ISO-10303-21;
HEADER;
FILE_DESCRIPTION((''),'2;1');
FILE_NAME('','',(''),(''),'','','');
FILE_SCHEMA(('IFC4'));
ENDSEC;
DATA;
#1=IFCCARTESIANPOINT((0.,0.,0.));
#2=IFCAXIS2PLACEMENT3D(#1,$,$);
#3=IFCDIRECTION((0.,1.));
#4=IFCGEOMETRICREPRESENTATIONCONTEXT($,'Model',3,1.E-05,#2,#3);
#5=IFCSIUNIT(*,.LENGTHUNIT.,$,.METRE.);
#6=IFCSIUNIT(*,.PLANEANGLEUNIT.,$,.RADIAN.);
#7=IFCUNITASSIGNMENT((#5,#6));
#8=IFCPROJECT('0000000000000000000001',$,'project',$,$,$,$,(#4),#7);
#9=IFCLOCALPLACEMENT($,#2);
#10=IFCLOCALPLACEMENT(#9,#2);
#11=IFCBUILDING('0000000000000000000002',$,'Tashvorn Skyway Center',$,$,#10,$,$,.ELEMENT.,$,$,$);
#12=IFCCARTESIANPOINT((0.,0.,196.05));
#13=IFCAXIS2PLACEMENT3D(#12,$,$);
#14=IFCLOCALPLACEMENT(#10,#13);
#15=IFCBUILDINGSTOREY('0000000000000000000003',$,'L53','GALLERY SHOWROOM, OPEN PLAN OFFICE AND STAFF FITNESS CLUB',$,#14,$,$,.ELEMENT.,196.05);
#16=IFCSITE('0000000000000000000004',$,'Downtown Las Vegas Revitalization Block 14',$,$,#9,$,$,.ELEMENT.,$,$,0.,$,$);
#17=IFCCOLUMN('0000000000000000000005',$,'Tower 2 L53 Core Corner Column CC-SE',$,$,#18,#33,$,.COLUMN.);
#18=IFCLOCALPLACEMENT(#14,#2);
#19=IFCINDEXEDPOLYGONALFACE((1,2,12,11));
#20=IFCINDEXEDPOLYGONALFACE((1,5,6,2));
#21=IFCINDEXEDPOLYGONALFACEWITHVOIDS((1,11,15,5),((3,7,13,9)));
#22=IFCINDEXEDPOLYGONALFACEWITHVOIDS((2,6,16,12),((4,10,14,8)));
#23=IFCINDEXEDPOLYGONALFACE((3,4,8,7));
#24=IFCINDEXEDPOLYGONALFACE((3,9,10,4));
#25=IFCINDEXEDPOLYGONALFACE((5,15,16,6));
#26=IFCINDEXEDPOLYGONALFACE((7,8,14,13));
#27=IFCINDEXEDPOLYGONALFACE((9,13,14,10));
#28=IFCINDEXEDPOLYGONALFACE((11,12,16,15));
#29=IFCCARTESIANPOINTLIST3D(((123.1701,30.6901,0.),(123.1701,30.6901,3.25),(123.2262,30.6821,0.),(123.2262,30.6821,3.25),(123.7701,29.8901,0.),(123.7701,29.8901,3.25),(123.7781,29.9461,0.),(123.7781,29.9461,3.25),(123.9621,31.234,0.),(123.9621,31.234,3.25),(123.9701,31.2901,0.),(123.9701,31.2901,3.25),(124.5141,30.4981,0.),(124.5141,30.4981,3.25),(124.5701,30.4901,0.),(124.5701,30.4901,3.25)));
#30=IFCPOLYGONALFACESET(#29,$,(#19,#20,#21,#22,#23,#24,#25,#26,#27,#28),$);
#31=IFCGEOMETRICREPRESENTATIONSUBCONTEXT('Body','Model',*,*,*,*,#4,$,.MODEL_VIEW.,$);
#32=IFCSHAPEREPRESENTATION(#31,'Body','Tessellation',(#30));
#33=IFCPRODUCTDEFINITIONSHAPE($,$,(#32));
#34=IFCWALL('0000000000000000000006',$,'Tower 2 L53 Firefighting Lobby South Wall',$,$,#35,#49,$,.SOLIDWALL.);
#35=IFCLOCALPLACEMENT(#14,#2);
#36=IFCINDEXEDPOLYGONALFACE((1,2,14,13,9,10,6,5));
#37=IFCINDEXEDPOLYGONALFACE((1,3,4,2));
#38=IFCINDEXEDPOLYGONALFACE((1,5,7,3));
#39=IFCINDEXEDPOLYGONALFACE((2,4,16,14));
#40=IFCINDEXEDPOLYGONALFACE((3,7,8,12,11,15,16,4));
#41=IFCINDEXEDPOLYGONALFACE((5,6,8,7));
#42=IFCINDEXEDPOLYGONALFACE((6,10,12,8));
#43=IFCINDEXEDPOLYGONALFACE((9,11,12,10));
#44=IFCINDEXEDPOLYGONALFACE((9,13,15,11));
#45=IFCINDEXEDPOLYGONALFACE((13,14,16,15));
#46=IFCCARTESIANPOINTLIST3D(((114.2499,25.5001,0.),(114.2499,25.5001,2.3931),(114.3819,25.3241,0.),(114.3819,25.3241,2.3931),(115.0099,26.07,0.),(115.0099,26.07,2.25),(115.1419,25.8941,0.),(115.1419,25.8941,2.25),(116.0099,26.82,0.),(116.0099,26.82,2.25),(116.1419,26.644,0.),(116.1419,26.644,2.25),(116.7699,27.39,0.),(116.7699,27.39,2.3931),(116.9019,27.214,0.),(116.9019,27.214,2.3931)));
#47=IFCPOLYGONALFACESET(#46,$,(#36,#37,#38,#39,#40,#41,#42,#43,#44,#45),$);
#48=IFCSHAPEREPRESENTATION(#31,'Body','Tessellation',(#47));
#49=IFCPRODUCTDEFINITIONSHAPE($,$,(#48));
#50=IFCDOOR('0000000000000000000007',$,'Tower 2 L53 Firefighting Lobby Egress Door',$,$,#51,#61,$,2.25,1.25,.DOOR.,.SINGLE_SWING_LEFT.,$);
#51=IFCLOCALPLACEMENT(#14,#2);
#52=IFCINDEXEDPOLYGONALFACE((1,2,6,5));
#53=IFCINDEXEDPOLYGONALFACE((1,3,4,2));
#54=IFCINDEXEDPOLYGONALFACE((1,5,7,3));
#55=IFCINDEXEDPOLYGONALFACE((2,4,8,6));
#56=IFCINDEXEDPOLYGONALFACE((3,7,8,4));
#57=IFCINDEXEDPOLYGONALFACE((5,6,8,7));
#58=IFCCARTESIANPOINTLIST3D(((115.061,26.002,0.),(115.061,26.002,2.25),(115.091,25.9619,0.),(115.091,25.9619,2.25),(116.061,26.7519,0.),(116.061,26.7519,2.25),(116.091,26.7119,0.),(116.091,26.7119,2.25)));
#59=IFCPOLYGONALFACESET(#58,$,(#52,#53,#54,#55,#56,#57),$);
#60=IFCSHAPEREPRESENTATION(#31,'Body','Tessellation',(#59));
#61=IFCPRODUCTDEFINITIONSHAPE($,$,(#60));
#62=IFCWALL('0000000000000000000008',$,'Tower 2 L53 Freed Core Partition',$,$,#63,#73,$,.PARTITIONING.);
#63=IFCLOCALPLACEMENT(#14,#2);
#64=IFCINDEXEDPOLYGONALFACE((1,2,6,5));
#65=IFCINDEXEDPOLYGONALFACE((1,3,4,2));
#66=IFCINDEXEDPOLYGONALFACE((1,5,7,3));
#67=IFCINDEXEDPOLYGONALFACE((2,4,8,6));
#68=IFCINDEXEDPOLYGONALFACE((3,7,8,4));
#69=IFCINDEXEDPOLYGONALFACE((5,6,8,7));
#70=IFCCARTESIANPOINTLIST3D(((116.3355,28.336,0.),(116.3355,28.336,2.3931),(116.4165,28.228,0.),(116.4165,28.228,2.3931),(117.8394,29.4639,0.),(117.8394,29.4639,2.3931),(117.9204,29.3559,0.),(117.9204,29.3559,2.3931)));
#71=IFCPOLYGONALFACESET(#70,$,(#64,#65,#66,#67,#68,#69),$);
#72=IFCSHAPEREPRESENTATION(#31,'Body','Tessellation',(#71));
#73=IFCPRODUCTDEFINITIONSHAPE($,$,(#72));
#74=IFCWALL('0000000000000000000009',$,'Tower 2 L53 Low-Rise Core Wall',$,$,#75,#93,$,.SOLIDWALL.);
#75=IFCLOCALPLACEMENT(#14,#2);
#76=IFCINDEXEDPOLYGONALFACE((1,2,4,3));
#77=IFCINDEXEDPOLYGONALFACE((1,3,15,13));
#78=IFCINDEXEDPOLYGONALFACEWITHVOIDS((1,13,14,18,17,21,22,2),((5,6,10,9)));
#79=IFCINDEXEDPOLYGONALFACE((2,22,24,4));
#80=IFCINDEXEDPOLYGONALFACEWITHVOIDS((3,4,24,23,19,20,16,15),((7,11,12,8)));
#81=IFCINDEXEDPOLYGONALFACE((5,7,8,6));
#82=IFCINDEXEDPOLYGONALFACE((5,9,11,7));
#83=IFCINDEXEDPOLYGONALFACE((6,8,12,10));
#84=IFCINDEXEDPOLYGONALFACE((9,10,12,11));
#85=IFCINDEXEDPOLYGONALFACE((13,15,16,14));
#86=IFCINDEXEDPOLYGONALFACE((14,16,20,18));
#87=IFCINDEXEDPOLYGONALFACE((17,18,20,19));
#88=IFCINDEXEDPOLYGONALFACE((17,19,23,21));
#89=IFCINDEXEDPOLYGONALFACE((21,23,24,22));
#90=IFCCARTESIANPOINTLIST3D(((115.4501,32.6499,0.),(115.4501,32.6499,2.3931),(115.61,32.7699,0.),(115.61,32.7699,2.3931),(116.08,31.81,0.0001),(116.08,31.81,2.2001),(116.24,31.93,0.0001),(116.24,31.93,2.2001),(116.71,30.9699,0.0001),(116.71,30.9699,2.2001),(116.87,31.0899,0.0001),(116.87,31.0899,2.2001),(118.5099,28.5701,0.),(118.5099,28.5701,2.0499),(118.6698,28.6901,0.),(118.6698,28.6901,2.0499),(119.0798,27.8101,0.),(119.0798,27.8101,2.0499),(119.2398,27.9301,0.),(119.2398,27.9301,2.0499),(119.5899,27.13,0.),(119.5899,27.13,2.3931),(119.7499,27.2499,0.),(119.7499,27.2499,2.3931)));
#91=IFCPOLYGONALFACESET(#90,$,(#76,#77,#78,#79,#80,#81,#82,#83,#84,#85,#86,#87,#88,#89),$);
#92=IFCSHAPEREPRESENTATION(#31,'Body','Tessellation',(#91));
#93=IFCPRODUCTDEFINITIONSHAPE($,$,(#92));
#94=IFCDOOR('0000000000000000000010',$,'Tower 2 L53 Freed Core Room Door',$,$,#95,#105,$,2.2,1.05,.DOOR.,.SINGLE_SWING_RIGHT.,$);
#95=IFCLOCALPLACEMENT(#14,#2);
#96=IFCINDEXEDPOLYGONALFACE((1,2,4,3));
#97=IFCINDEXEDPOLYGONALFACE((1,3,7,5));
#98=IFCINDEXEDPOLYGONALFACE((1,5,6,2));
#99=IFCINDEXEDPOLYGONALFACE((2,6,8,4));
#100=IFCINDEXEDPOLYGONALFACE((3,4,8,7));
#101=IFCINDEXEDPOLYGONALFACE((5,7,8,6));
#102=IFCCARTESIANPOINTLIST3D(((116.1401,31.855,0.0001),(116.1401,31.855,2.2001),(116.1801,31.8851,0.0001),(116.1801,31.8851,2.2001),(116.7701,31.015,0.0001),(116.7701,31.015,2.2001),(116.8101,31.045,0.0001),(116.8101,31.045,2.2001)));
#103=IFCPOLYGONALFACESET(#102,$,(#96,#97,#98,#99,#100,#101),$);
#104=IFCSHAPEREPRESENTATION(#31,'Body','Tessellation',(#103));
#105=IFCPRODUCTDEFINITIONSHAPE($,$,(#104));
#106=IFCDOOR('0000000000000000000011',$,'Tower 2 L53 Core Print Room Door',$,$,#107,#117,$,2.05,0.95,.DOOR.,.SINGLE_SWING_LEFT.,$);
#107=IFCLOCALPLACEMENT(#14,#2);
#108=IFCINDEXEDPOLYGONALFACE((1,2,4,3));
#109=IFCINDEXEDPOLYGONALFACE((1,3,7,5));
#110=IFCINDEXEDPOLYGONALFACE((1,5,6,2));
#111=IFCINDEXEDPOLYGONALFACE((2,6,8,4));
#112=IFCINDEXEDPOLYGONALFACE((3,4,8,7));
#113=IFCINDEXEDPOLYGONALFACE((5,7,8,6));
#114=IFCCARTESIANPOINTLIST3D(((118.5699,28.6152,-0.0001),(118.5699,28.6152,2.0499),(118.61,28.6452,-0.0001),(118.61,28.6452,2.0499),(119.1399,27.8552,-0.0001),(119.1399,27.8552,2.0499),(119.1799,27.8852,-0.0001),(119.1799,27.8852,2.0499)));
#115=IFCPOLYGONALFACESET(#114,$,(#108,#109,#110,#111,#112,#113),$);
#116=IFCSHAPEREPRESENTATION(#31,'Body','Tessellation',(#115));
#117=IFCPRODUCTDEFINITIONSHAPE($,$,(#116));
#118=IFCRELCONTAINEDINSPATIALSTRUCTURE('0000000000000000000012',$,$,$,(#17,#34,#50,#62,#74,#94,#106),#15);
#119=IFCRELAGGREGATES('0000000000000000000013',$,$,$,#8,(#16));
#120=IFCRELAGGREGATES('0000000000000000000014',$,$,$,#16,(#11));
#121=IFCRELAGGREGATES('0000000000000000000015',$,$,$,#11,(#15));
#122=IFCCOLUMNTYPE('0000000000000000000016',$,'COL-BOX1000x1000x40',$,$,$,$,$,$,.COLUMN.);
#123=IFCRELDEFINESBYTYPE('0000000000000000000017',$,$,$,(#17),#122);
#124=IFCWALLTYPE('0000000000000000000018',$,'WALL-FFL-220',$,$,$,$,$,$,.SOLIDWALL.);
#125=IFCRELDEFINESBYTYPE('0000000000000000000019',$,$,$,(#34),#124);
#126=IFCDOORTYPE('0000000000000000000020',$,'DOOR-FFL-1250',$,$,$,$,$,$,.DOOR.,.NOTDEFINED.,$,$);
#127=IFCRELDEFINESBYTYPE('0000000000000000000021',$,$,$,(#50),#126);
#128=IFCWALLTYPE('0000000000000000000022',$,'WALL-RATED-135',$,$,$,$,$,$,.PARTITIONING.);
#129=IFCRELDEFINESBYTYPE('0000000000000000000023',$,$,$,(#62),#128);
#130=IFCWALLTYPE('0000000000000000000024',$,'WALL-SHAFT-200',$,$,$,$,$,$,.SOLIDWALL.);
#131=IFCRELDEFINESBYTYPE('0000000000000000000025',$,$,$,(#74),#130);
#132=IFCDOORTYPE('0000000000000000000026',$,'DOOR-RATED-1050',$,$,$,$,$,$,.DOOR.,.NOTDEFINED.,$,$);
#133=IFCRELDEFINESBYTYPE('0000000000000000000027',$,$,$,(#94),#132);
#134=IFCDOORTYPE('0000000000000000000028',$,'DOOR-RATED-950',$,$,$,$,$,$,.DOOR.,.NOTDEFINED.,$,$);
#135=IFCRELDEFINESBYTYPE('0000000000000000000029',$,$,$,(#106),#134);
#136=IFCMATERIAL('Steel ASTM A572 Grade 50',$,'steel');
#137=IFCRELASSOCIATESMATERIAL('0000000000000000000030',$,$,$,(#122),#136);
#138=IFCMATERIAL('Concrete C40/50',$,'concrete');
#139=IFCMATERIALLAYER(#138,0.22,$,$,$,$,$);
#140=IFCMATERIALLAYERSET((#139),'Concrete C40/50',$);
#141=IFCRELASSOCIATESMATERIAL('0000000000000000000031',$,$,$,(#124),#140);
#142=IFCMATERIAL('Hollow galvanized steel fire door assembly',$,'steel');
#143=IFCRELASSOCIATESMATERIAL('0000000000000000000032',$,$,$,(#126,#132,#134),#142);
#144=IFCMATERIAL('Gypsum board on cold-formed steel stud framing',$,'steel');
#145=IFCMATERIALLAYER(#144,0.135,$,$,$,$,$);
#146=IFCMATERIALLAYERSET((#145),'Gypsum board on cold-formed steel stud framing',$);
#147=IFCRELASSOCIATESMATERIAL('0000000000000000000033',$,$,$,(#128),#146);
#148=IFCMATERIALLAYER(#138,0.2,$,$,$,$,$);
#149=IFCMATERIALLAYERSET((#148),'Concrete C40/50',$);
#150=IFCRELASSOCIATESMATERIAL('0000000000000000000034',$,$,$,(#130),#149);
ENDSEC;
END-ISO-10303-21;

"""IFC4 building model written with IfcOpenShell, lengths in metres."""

from ifc_helpers import new_model, si_unit, direction, frame, frame_2d, origin, origin_2d, place, context, subcontext, project, spatial, rectangle, hollow_rectangle, extrude, material, layer, layer_set, material_profile, profile_set, type_object, element, fill, save


model = new_model("IFC4")

# Units and contexts
model_context = context("Model", 3, precision=1e-05, world=origin(), true_north=direction((0.0, 1.0)))
body_context = subcontext(model_context, "Body", "Model", "MODEL_VIEW")
ifc_project = project(units=[si_unit("LENGTHUNIT", "METRE"), si_unit("PLANEANGLEUNIT", "RADIAN")], contexts=[model_context])

# Site, building, storey
site_placement = place(None, origin())
site = spatial("IfcSite", under=ifc_project, at=site_placement, Name="Downtown Las Vegas Revitalization Block 14", CompositionType="ELEMENT", RefElevation=0.0)
building_placement = place(site_placement, origin())
building = spatial("IfcBuilding", under=site, at=building_placement, Name="Tashvorn Skyway Center", CompositionType="ELEMENT")
storey_placement = place(building_placement, frame((0.0, 0.0, 196.05)))
storey = spatial("IfcBuildingStorey", under=building, at=storey_placement, Name="L53", Description="GALLERY SHOWROOM, OPEN PLAN OFFICE AND STAFF FITNESS CLUB", CompositionType="ELEMENT", Elevation=196.05)

# Column
ifc_material_1 = material(Name="Steel ASTM A572 Grade 50", Category="steel")
ifc_material_profile = material_profile(ifc_material_1, hollow_rectangle(XDim=1.0, YDim=1.0, WallThickness=0.04, at=origin_2d()), Name="BOX1000x1000x40")
ifc_profile_set = profile_set([ifc_material_profile], Name="Steel ASTM A572 Grade 50")
column_type = type_object("IfcColumnType", Name="COL-BOX1000x1000x40", PredefinedType="COLUMN", material=ifc_profile_set)
column_placement = place(storey_placement, frame((123.8701, 30.5901, 0.0), z_axis=(0.0, 0.0, 1.0), x_axis=(0.8, 0.6, 0.0)))
element("IfcColumn", 1, at=column_placement, inside=storey, type_object=column_type, Name="Tower 2 L53 Core Corner Column CC-SE", PredefinedType="COLUMN", context=body_context, shape_type="SweptSolid", body=[
    extrude(hollow_rectangle(XDim=1.0, YDim=1.0, WallThickness=0.04, at=origin_2d()), origin(), (0.0, 0.0, 1.0), 3.25),
])

# Wall, opening, door
ifc_material_2 = material(Name="Concrete C40/50", Category="concrete")
ifc_layer_1 = layer(ifc_material_2, 0.22)
ifc_layer_set_1 = layer_set([ifc_layer_1], Name="Concrete C40/50")
wall_type_1 = type_object("IfcWallType", Name="WALL-FFL-220", PredefinedType="SOLIDWALL", material=ifc_layer_set_1)
wall_1_placement = place(storey_placement, frame((114.3159, 25.4121, 0.0), z_axis=(0.0, 0.0, 1.0), x_axis=(0.800019, 0.599975, 0.0)))
wall_1 = element("IfcWall", 2, at=wall_1_placement, inside=storey, type_object=wall_type_1, Name="Tower 2 L53 Firefighting Lobby South Wall", PredefinedType="SOLIDWALL", context=body_context, shape_type="SweptSolid", body=[
    extrude(rectangle(XDim=3.1499, YDim=0.22, at=frame_2d((1.575, 0.0))), origin(), (0.0, 0.0, 1.0), 2.3931),
])
opening_1_placement = place(wall_1_placement, frame((0.95, 0.0, 0.0)))
opening_1 = element("IfcOpeningElement", 3, at=opening_1_placement, cuts=wall_1, PredefinedType="OPENING", context=body_context, shape_type="SweptSolid", body=[
    extrude(rectangle(XDim=1.25, YDim=2.25, at=frame_2d((0.625, 1.125))), frame((0.0, 0.1199, 0.0), z_axis=(0.0, -1.0, 0.0), x_axis=(1.0, 0.0, 0.0)), (0.0, 0.0, 1.0), 0.24),
])
ifc_material_3 = material(Name="Hollow galvanized steel fire door assembly", Category="steel")
door_type_1 = type_object("IfcDoorType", Name="DOOR-FFL-1250", OperationType="NOTDEFINED", PredefinedType="DOOR", material=ifc_material_3)
door_1_placement = place(opening_1_placement, origin())
door_1 = element("IfcDoor", 4, at=door_1_placement, inside=storey, type_object=door_type_1, Name="Tower 2 L53 Firefighting Lobby Egress Door", OperationType="SINGLE_SWING_LEFT", OverallHeight=2.25, OverallWidth=1.25, PredefinedType="DOOR", context=body_context, shape_type="SweptSolid", body=[
    extrude(rectangle(XDim=1.25, YDim=2.25, at=frame_2d((0.625, 1.125))), frame((0.0, 0.0249, 0.0), z_axis=(0.0, -1.0, 0.0), x_axis=(1.0, 0.0, 0.0)), (0.0, 0.0, 1.0), 0.05),
])
fill(opening_1, door_1)

# Wall
ifc_material_4 = material(Name="Gypsum board on cold-formed steel stud framing", Category="steel")
ifc_layer_2 = layer(ifc_material_4, 0.135)
ifc_layer_set_2 = layer_set([ifc_layer_2], Name="Gypsum board on cold-formed steel stud framing")
wall_type_2 = type_object("IfcWallType", Name="WALL-RATED-135", PredefinedType="PARTITIONING", material=ifc_layer_set_2)
wall_2_placement = place(storey_placement, frame((116.376, 28.282, 0.0), z_axis=(0.0, 0.0, 1.0), x_axis=(0.8, 0.6, 0.0)))
element("IfcWall", 5, at=wall_2_placement, inside=storey, type_object=wall_type_2, Name="Tower 2 L53 Freed Core Partition", PredefinedType="PARTITIONING", context=body_context, shape_type="SweptSolid", body=[
    extrude(rectangle(XDim=1.8799, YDim=0.135, at=frame_2d((0.9399, 0.0))), origin(), (0.0, 0.0, 1.0), 2.3931),
])

# Wall, openings, doors
ifc_layer_3 = layer(ifc_material_2, 0.2)
ifc_layer_set_3 = layer_set([ifc_layer_3], Name="Concrete C40/50")
wall_type_3 = type_object("IfcWallType", Name="WALL-SHAFT-200", PredefinedType="SOLIDWALL", material=ifc_layer_set_3)
wall_3_placement = place(storey_placement, frame((119.6699, 27.1899, 0.0), z_axis=(0.0, 0.0, 1.0), x_axis=(-0.599989, 0.800008, 0.0)))
wall_3 = element("IfcWall", 6, at=wall_3_placement, inside=storey, type_object=wall_type_3, Name="Tower 2 L53 Low-Rise Core Wall", PredefinedType="SOLIDWALL", context=body_context, shape_type="SweptSolid", body=[
    extrude(rectangle(XDim=6.8999, YDim=0.2, at=frame_2d((3.45, 0.0))), origin(), (0.0, 0.0, 1.0), 2.3931),
])
opening_2_placement = place(wall_3_placement, frame((0.8501, 0.0, 0.0)))
opening_2 = element("IfcOpeningElement", 7, at=opening_2_placement, cuts=wall_3, PredefinedType="OPENING", context=body_context, shape_type="SweptSolid", body=[
    extrude(rectangle(XDim=0.95, YDim=2.05, at=frame_2d((0.4751, 1.0249))), frame((0.0, 0.1099, 0.0), z_axis=(0.0, -1.0, 0.0), x_axis=(1.0, 0.0, 0.0)), (0.0, 0.0, 1.0), 0.22),
])
opening_3_placement = place(wall_3_placement, frame((4.8, 0.0, 0.0)))
opening_3 = element("IfcOpeningElement", 8, at=opening_3_placement, cuts=wall_3, PredefinedType="OPENING", context=body_context, shape_type="SweptSolid", body=[
    extrude(rectangle(XDim=1.05, YDim=2.2, at=frame_2d((0.5249, 1.1001))), frame((0.0, 0.1099, 0.0), z_axis=(0.0, -1.0, 0.0), x_axis=(1.0, 0.0, 0.0)), (0.0, 0.0, 1.0), 0.22),
])
door_type_2 = type_object("IfcDoorType", Name="DOOR-RATED-1050", OperationType="NOTDEFINED", PredefinedType="DOOR", material=ifc_material_3)
door_2_placement = place(opening_3_placement, origin())
door_2 = element("IfcDoor", 9, at=door_2_placement, inside=storey, type_object=door_type_2, Name="Tower 2 L53 Freed Core Room Door", OperationType="SINGLE_SWING_RIGHT", OverallHeight=2.2, OverallWidth=1.05, PredefinedType="DOOR", context=body_context, shape_type="SweptSolid", body=[
    extrude(rectangle(XDim=1.05, YDim=2.2, at=frame_2d((0.5249, 1.1001))), frame((0.0, 0.0249, 0.0), z_axis=(0.0, -1.0, 0.0), x_axis=(1.0, 0.0, 0.0)), (0.0, 0.0, 1.0), 0.05),
])
fill(opening_3, door_2)
door_type_3 = type_object("IfcDoorType", Name="DOOR-RATED-950", OperationType="NOTDEFINED", PredefinedType="DOOR", material=ifc_material_3)
door_3_placement = place(opening_2_placement, origin())
door_3 = element("IfcDoor", 10, at=door_3_placement, inside=storey, type_object=door_type_3, Name="Tower 2 L53 Core Print Room Door", OperationType="SINGLE_SWING_LEFT", OverallHeight=2.05, OverallWidth=0.95, PredefinedType="DOOR", context=body_context, shape_type="SweptSolid", body=[
    extrude(rectangle(XDim=0.95, YDim=2.05, at=frame_2d((0.4751, 1.0249))), frame((0.0, 0.0249, 0.0), z_axis=(0.0, -1.0, 0.0), x_axis=(1.0, 0.0, 0.0)), (0.0, 0.0, 1.0), 0.05),
])
fill(opening_2, door_3)

save(model, "model.ifc")
